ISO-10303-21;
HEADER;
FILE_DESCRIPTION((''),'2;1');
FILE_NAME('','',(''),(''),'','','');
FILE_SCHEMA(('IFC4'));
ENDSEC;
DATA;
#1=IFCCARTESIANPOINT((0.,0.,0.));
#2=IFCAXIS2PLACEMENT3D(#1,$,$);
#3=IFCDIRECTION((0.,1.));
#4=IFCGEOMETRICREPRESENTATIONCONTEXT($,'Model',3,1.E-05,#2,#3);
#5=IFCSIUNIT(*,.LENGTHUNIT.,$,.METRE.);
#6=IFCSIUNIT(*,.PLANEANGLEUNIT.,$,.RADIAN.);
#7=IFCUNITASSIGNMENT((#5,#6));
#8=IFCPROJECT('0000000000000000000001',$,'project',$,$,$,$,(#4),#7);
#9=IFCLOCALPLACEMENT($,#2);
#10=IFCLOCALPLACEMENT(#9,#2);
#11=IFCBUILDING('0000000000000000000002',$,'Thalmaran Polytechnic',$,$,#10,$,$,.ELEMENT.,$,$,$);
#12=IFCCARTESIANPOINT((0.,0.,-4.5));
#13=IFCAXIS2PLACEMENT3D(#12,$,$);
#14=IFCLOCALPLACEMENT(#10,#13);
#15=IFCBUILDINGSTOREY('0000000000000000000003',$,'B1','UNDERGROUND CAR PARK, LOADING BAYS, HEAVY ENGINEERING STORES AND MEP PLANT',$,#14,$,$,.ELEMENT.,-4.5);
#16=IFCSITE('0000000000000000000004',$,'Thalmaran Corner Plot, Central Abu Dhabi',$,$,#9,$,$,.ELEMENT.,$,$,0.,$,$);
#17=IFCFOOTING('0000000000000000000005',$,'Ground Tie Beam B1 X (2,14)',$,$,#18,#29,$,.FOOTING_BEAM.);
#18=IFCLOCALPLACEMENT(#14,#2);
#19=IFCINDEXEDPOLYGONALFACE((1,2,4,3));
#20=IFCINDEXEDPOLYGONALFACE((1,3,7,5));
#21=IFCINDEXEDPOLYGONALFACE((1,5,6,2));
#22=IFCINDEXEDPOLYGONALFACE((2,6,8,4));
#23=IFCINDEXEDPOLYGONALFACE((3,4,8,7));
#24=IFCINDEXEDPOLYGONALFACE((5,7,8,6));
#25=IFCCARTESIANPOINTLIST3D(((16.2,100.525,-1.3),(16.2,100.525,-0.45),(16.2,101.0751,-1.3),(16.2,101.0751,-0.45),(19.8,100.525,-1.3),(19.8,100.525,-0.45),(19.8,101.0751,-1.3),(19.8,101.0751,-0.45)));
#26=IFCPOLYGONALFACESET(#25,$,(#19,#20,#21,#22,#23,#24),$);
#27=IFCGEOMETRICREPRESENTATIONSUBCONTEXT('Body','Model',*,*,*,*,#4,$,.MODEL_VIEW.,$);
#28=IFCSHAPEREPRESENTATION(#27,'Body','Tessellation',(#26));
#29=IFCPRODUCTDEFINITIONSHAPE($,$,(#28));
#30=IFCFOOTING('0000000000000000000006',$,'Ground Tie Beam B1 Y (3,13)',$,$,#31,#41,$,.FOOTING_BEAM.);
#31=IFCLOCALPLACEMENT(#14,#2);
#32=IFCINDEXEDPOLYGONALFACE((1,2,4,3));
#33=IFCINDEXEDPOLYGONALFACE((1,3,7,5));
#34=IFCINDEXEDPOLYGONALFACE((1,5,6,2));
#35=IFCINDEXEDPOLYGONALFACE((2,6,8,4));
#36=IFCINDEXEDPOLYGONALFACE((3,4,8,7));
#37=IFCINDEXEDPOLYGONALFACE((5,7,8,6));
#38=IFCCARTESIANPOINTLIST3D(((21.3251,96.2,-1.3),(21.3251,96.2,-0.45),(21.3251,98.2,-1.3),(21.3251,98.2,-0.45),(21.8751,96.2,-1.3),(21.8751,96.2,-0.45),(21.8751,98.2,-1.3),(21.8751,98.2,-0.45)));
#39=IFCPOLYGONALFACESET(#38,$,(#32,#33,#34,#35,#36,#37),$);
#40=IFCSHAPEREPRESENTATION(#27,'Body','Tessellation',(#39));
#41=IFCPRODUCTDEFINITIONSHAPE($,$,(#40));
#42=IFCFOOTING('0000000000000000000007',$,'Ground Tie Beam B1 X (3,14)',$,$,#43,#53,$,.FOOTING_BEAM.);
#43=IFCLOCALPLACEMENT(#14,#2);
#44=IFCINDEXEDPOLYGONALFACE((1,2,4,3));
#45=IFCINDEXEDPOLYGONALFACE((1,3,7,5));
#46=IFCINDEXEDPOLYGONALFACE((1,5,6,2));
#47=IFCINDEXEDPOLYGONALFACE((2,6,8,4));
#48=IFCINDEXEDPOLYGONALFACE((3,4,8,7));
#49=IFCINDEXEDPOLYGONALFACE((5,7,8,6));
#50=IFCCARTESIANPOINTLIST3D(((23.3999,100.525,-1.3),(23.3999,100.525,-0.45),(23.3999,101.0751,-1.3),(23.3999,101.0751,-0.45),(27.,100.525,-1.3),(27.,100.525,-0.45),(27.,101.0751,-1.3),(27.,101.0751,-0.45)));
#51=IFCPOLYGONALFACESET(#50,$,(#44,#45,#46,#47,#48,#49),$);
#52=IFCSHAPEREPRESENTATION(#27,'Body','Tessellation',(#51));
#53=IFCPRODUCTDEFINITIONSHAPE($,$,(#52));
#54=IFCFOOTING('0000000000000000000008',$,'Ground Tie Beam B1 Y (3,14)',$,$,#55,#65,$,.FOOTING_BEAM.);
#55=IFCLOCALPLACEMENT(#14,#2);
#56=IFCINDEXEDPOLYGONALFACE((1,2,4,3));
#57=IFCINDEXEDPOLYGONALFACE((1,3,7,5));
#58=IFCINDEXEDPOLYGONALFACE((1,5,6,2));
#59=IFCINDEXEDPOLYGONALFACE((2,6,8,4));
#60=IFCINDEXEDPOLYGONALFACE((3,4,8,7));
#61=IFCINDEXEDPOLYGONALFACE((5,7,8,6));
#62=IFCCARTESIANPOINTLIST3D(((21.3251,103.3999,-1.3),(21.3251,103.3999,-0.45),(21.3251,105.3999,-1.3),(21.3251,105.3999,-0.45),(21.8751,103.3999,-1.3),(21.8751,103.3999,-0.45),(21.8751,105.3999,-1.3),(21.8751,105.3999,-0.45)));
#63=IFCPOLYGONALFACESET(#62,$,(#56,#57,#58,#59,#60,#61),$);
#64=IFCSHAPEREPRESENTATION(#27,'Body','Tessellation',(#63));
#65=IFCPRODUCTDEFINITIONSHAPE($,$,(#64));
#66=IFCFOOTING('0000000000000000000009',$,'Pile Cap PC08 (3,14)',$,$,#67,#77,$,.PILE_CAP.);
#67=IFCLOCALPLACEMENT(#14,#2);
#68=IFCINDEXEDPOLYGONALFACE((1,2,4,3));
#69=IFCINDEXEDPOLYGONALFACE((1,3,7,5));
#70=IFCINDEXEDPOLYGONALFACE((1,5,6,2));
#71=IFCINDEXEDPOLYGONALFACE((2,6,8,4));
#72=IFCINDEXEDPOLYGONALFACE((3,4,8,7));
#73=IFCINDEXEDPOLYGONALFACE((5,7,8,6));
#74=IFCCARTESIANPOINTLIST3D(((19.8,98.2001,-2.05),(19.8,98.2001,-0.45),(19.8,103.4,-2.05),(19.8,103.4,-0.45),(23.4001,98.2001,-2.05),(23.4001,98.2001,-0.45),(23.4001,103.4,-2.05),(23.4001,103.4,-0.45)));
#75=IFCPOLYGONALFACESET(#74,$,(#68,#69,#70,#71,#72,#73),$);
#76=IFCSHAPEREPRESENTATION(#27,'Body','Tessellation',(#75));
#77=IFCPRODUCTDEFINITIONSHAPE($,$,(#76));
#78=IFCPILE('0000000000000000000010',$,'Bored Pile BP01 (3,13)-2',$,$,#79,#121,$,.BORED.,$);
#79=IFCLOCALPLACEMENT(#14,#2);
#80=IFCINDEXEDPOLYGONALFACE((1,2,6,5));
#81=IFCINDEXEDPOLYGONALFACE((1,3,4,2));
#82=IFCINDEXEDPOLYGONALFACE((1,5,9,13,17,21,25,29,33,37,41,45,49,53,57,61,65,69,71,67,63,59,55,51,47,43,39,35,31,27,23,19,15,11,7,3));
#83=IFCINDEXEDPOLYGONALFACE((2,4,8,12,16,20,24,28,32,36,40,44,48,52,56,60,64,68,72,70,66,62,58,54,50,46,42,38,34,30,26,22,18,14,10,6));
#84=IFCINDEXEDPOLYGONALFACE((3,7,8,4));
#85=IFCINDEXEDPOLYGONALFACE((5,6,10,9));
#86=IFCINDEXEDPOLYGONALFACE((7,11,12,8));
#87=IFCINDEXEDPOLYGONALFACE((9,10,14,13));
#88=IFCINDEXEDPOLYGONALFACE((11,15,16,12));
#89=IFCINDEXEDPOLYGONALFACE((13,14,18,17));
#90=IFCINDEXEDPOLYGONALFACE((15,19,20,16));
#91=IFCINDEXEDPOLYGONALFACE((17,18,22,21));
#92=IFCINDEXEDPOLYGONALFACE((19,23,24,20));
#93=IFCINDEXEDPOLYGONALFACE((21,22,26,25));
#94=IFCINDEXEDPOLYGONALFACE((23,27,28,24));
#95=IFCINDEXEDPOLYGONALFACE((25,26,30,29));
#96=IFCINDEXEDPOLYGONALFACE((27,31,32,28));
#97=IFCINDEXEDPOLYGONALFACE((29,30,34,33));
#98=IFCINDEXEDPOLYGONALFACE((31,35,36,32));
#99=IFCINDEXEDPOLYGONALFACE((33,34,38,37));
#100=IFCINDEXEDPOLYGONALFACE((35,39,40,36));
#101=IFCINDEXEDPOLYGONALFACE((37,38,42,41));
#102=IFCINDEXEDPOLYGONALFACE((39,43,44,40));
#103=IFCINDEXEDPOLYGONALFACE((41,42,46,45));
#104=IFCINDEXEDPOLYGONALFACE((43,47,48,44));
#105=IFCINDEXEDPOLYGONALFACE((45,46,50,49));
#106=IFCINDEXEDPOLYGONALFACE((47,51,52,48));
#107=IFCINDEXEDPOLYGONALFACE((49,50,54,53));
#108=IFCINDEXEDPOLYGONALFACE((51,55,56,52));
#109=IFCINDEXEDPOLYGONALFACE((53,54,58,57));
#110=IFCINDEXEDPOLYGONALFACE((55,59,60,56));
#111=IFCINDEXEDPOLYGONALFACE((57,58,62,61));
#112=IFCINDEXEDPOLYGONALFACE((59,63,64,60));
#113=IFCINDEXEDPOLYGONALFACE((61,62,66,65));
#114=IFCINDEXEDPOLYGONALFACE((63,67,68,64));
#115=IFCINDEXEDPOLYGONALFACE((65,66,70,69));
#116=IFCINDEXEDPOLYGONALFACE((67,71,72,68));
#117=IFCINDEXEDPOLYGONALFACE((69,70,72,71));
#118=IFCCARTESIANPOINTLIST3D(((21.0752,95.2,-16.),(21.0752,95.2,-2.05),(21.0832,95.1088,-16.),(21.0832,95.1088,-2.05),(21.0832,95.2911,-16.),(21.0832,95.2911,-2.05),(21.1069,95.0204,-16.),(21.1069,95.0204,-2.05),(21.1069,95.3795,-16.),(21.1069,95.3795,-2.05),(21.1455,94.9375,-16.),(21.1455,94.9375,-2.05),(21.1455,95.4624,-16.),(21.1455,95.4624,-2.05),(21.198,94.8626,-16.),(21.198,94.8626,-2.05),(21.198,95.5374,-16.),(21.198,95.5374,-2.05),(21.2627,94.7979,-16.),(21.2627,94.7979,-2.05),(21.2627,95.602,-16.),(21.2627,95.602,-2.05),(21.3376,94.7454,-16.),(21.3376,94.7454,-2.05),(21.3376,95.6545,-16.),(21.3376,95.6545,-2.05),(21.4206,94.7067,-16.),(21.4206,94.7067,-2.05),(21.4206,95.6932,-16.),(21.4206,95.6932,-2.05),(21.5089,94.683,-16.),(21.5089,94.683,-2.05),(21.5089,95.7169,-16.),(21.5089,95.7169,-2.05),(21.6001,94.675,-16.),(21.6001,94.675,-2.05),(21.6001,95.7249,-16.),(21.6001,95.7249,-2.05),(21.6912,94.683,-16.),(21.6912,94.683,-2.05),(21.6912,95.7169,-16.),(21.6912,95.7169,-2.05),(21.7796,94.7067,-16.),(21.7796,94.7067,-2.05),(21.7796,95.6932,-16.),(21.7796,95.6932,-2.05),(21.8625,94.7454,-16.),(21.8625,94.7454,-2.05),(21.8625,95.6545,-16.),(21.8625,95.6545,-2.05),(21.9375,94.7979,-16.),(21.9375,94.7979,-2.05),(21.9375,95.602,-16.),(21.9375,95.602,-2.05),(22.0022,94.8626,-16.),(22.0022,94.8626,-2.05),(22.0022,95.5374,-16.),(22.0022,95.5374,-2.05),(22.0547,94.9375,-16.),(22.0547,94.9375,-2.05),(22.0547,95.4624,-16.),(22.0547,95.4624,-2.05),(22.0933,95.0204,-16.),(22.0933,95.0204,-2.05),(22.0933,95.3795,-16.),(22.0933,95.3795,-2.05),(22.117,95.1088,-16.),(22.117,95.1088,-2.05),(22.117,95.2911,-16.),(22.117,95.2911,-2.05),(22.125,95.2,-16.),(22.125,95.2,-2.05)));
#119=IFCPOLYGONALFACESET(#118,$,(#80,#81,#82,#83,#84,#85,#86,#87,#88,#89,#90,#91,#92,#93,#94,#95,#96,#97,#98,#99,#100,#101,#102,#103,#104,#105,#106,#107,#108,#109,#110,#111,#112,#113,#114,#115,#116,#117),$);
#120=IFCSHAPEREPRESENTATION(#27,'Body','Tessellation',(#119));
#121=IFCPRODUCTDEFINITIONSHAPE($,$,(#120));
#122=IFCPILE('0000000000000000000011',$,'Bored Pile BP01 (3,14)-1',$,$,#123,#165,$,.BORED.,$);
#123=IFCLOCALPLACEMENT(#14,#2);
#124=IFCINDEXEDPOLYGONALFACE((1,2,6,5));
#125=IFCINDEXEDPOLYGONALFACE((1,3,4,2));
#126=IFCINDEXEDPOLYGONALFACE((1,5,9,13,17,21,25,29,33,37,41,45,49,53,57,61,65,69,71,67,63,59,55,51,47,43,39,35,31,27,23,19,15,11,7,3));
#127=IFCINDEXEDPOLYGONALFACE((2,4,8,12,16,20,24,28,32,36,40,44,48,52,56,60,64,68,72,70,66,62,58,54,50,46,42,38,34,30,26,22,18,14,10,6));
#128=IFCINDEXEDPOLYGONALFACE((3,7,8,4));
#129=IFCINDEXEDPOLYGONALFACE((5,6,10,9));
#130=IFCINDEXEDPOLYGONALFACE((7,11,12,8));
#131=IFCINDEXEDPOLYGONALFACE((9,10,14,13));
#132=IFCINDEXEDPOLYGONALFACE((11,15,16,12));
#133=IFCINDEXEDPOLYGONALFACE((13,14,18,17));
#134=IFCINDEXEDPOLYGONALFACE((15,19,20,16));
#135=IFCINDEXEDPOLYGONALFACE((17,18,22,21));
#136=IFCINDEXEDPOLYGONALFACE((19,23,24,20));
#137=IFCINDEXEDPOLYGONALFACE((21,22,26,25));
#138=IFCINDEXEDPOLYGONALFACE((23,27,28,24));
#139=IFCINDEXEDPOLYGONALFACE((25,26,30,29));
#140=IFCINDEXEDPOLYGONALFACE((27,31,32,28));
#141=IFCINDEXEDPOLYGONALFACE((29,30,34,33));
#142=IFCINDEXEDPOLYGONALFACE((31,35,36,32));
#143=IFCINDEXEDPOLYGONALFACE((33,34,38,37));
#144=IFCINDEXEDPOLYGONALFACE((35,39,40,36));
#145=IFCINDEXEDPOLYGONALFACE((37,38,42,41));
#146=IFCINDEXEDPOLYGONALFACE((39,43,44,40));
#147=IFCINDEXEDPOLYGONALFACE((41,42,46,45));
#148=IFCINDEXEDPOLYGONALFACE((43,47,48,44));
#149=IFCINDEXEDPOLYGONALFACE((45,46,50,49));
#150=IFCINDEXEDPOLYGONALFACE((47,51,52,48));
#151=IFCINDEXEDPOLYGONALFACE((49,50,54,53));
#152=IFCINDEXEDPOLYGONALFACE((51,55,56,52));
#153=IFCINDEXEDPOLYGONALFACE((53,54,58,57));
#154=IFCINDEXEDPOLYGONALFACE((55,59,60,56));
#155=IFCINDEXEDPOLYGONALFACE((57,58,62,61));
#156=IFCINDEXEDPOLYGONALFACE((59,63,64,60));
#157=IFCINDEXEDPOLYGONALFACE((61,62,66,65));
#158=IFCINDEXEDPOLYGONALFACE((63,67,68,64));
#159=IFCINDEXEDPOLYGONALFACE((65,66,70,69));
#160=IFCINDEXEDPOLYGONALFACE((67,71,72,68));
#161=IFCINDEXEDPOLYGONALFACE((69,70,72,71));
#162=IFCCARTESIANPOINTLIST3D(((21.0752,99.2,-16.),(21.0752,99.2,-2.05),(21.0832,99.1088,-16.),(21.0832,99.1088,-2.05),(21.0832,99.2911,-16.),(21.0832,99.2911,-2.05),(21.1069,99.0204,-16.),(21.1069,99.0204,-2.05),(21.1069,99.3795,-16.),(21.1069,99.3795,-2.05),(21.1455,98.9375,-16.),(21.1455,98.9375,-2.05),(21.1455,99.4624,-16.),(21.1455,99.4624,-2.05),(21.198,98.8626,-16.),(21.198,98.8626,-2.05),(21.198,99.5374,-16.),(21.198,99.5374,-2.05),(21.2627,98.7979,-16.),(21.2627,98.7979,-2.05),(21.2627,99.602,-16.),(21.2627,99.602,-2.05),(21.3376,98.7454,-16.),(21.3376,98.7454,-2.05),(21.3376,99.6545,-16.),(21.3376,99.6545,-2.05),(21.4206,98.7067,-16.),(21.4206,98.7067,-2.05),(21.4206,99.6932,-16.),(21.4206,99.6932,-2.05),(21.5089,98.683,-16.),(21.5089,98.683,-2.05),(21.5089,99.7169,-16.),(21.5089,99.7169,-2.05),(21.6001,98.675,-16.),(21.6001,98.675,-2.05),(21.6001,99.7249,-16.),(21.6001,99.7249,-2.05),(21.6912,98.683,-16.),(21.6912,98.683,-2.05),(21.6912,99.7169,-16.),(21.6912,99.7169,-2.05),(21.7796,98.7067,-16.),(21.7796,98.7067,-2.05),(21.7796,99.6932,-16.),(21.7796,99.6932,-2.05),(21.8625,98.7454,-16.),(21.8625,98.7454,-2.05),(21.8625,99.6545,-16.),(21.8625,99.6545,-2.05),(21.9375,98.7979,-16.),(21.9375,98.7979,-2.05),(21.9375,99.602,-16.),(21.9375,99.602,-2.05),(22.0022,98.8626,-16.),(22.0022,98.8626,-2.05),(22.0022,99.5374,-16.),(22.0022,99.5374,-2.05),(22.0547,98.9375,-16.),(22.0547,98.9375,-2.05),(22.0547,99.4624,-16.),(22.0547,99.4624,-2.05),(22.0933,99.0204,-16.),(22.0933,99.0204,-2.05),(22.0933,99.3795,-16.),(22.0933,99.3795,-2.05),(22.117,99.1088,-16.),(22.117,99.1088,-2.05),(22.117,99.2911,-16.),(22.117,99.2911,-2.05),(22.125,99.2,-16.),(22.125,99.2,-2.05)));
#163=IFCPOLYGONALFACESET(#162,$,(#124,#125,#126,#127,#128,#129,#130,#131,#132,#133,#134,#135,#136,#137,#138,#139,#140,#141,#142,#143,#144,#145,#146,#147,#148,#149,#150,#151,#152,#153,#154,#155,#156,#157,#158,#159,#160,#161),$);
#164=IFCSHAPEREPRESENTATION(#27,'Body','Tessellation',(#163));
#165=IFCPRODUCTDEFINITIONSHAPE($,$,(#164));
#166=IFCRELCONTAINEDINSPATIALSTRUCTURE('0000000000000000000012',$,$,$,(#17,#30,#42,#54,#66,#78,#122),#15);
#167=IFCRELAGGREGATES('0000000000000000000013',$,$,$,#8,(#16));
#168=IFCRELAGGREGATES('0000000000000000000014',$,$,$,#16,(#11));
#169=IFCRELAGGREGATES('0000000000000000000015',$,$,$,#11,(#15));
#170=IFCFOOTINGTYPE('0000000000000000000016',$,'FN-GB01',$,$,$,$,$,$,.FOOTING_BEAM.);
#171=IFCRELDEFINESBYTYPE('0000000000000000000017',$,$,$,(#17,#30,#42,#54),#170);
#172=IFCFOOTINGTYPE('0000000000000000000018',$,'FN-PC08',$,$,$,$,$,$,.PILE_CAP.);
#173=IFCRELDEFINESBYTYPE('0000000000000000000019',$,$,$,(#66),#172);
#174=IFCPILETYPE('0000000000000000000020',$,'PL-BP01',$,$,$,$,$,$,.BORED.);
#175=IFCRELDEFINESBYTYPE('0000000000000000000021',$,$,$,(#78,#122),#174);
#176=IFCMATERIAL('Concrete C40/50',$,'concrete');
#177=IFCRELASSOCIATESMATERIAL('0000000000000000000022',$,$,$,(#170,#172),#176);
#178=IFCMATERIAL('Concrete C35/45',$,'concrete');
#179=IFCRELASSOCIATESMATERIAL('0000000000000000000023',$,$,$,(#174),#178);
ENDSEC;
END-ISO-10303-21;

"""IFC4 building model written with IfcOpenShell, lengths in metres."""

from ifc_helpers import new_model, si_unit, direction, frame, origin, origin_2d, place, context, subcontext, project, spatial, rectangle, circle, extrude, material, material_profile, profile_set, type_object, element, save


model = new_model("IFC4")

# Units and contexts
model_context = context("Model", 3, precision=1e-05, world=origin(), true_north=direction((0.0, 1.0)))
body_context = subcontext(model_context, "Body", "Model", "MODEL_VIEW")
ifc_project = project(units=[si_unit("LENGTHUNIT", "METRE"), si_unit("PLANEANGLEUNIT", "RADIAN")], contexts=[model_context])

# Site, building, storey
site_placement = place(None, origin())
site = spatial("IfcSite", under=ifc_project, at=site_placement, Name="Thalmaran Corner Plot, Central Abu Dhabi", CompositionType="ELEMENT", RefElevation=0.0)
building_placement = place(site_placement, origin())
building = spatial("IfcBuilding", under=site, at=building_placement, Name="Thalmaran Polytechnic", CompositionType="ELEMENT")
storey_placement = place(building_placement, frame((0.0, 0.0, -4.5)))
storey = spatial("IfcBuildingStorey", under=building, at=storey_placement, Name="B1", Description="UNDERGROUND CAR PARK, LOADING BAYS, HEAVY ENGINEERING STORES AND MEP PLANT", CompositionType="ELEMENT", Elevation=-4.5)

# Footings
ifc_material_1 = material(Name="Concrete C40/50", Category="concrete")
ifc_material_profile_1 = material_profile(ifc_material_1, rectangle(XDim=0.55, YDim=0.8501, at=origin_2d()), Name="RC 550x850")
ifc_profile_set_1 = profile_set([ifc_material_profile_1], Name="Concrete C40/50")
footing_type_1 = type_object("IfcFootingType", Name="FN-GB01", PredefinedType="FOOTING_BEAM", material=ifc_profile_set_1)
footing_1_placement = place(storey_placement, frame((16.2, 100.8, -0.875), z_axis=(1.0, 0.0, 0.0), x_axis=(0.0, 1.0, 0.0)))
element("IfcFooting", 1, at=footing_1_placement, inside=storey, type_object=footing_type_1, Name="Ground Tie Beam B1 X (2,14)", PredefinedType="FOOTING_BEAM", context=body_context, shape_type="SweptSolid", body=[
    extrude(rectangle(XDim=0.55, YDim=0.8501, at=origin_2d()), origin(), (0.0, 0.0, 1.0), 3.6001),
])
footing_2_placement = place(storey_placement, frame((21.6001, 96.2, -0.875), z_axis=(0.0, 1.0, 0.0), x_axis=(-1.0, 0.0, 0.0)))
element("IfcFooting", 2, at=footing_2_placement, inside=storey, type_object=footing_type_1, Name="Ground Tie Beam B1 Y (3,13)", PredefinedType="FOOTING_BEAM", context=body_context, shape_type="SweptSolid", body=[
    extrude(rectangle(XDim=0.55, YDim=0.8501, at=origin_2d()), origin(), (0.0, 0.0, 1.0), 2.0),
])
footing_3_placement = place(storey_placement, frame((23.3999, 100.8, -0.875), z_axis=(1.0, 0.0, 0.0), x_axis=(0.0, 1.0, 0.0)))
element("IfcFooting", 3, at=footing_3_placement, inside=storey, type_object=footing_type_1, Name="Ground Tie Beam B1 X (3,14)", PredefinedType="FOOTING_BEAM", context=body_context, shape_type="SweptSolid", body=[
    extrude(rectangle(XDim=0.55, YDim=0.8501, at=origin_2d()), origin(), (0.0, 0.0, 1.0), 3.6001),
])
footing_4_placement = place(storey_placement, frame((21.6001, 103.3999, -0.875), z_axis=(0.0, 1.0, 0.0), x_axis=(-1.0, 0.0, 0.0)))
element("IfcFooting", 4, at=footing_4_placement, inside=storey, type_object=footing_type_1, Name="Ground Tie Beam B1 Y (3,14)", PredefinedType="FOOTING_BEAM", context=body_context, shape_type="SweptSolid", body=[
    extrude(rectangle(XDim=0.55, YDim=0.8501, at=origin_2d()), origin(), (0.0, 0.0, 1.0), 2.0),
])
footing_type_2 = type_object("IfcFootingType", Name="FN-PC08", PredefinedType="PILE_CAP", material=ifc_material_1)
footing_5_placement = place(storey_placement, frame((21.6001, 100.8, -2.05), z_axis=(0.0, 0.0, 1.0), x_axis=(1.0, 0.0, 0.0)))
element("IfcFooting", 5, at=footing_5_placement, inside=storey, type_object=footing_type_2, Name="Pile Cap PC08 (3,14)", PredefinedType="PILE_CAP", context=body_context, shape_type="SweptSolid", body=[
    extrude(rectangle(XDim=3.6001, YDim=5.2, at=origin_2d()), origin(), (0.0, 0.0, 1.0), 1.6001),
])

# Piles
ifc_material_2 = material(Name="Concrete C35/45", Category="concrete")
ifc_material_profile_2 = material_profile(ifc_material_2, circle(Radius=0.5249, at=origin_2d()), Name="RC 1050 DIA")
ifc_profile_set_2 = profile_set([ifc_material_profile_2], Name="Concrete C35/45")
pile_type = type_object("IfcPileType", Name="PL-BP01", PredefinedType="BORED", material=ifc_profile_set_2)
for number, where, z_axis, x_axis, name in (
    (6, (21.6001, 95.2, -2.05), (0.0, 0.0, -1.0), (1.0, 0.0, 0.0), "Bored Pile BP01 (3,13)-2"),
    (7, (21.6001, 99.2, -2.05), (0.0, 0.0, -1.0), (1.0, 0.0, 0.0), "Bored Pile BP01 (3,14)-1"),
):
    element("IfcPile", number, at=place(storey_placement, frame(where, z_axis=z_axis, x_axis=x_axis)), inside=storey, type_object=pile_type, Name=name, PredefinedType="BORED", context=body_context, shape_type="SweptSolid", body=[
        extrude(circle(Radius=0.5249, at=origin_2d()), origin(), (0.0, 0.0, 1.0), 13.95),
    ])

save(model, "model.ifc")
